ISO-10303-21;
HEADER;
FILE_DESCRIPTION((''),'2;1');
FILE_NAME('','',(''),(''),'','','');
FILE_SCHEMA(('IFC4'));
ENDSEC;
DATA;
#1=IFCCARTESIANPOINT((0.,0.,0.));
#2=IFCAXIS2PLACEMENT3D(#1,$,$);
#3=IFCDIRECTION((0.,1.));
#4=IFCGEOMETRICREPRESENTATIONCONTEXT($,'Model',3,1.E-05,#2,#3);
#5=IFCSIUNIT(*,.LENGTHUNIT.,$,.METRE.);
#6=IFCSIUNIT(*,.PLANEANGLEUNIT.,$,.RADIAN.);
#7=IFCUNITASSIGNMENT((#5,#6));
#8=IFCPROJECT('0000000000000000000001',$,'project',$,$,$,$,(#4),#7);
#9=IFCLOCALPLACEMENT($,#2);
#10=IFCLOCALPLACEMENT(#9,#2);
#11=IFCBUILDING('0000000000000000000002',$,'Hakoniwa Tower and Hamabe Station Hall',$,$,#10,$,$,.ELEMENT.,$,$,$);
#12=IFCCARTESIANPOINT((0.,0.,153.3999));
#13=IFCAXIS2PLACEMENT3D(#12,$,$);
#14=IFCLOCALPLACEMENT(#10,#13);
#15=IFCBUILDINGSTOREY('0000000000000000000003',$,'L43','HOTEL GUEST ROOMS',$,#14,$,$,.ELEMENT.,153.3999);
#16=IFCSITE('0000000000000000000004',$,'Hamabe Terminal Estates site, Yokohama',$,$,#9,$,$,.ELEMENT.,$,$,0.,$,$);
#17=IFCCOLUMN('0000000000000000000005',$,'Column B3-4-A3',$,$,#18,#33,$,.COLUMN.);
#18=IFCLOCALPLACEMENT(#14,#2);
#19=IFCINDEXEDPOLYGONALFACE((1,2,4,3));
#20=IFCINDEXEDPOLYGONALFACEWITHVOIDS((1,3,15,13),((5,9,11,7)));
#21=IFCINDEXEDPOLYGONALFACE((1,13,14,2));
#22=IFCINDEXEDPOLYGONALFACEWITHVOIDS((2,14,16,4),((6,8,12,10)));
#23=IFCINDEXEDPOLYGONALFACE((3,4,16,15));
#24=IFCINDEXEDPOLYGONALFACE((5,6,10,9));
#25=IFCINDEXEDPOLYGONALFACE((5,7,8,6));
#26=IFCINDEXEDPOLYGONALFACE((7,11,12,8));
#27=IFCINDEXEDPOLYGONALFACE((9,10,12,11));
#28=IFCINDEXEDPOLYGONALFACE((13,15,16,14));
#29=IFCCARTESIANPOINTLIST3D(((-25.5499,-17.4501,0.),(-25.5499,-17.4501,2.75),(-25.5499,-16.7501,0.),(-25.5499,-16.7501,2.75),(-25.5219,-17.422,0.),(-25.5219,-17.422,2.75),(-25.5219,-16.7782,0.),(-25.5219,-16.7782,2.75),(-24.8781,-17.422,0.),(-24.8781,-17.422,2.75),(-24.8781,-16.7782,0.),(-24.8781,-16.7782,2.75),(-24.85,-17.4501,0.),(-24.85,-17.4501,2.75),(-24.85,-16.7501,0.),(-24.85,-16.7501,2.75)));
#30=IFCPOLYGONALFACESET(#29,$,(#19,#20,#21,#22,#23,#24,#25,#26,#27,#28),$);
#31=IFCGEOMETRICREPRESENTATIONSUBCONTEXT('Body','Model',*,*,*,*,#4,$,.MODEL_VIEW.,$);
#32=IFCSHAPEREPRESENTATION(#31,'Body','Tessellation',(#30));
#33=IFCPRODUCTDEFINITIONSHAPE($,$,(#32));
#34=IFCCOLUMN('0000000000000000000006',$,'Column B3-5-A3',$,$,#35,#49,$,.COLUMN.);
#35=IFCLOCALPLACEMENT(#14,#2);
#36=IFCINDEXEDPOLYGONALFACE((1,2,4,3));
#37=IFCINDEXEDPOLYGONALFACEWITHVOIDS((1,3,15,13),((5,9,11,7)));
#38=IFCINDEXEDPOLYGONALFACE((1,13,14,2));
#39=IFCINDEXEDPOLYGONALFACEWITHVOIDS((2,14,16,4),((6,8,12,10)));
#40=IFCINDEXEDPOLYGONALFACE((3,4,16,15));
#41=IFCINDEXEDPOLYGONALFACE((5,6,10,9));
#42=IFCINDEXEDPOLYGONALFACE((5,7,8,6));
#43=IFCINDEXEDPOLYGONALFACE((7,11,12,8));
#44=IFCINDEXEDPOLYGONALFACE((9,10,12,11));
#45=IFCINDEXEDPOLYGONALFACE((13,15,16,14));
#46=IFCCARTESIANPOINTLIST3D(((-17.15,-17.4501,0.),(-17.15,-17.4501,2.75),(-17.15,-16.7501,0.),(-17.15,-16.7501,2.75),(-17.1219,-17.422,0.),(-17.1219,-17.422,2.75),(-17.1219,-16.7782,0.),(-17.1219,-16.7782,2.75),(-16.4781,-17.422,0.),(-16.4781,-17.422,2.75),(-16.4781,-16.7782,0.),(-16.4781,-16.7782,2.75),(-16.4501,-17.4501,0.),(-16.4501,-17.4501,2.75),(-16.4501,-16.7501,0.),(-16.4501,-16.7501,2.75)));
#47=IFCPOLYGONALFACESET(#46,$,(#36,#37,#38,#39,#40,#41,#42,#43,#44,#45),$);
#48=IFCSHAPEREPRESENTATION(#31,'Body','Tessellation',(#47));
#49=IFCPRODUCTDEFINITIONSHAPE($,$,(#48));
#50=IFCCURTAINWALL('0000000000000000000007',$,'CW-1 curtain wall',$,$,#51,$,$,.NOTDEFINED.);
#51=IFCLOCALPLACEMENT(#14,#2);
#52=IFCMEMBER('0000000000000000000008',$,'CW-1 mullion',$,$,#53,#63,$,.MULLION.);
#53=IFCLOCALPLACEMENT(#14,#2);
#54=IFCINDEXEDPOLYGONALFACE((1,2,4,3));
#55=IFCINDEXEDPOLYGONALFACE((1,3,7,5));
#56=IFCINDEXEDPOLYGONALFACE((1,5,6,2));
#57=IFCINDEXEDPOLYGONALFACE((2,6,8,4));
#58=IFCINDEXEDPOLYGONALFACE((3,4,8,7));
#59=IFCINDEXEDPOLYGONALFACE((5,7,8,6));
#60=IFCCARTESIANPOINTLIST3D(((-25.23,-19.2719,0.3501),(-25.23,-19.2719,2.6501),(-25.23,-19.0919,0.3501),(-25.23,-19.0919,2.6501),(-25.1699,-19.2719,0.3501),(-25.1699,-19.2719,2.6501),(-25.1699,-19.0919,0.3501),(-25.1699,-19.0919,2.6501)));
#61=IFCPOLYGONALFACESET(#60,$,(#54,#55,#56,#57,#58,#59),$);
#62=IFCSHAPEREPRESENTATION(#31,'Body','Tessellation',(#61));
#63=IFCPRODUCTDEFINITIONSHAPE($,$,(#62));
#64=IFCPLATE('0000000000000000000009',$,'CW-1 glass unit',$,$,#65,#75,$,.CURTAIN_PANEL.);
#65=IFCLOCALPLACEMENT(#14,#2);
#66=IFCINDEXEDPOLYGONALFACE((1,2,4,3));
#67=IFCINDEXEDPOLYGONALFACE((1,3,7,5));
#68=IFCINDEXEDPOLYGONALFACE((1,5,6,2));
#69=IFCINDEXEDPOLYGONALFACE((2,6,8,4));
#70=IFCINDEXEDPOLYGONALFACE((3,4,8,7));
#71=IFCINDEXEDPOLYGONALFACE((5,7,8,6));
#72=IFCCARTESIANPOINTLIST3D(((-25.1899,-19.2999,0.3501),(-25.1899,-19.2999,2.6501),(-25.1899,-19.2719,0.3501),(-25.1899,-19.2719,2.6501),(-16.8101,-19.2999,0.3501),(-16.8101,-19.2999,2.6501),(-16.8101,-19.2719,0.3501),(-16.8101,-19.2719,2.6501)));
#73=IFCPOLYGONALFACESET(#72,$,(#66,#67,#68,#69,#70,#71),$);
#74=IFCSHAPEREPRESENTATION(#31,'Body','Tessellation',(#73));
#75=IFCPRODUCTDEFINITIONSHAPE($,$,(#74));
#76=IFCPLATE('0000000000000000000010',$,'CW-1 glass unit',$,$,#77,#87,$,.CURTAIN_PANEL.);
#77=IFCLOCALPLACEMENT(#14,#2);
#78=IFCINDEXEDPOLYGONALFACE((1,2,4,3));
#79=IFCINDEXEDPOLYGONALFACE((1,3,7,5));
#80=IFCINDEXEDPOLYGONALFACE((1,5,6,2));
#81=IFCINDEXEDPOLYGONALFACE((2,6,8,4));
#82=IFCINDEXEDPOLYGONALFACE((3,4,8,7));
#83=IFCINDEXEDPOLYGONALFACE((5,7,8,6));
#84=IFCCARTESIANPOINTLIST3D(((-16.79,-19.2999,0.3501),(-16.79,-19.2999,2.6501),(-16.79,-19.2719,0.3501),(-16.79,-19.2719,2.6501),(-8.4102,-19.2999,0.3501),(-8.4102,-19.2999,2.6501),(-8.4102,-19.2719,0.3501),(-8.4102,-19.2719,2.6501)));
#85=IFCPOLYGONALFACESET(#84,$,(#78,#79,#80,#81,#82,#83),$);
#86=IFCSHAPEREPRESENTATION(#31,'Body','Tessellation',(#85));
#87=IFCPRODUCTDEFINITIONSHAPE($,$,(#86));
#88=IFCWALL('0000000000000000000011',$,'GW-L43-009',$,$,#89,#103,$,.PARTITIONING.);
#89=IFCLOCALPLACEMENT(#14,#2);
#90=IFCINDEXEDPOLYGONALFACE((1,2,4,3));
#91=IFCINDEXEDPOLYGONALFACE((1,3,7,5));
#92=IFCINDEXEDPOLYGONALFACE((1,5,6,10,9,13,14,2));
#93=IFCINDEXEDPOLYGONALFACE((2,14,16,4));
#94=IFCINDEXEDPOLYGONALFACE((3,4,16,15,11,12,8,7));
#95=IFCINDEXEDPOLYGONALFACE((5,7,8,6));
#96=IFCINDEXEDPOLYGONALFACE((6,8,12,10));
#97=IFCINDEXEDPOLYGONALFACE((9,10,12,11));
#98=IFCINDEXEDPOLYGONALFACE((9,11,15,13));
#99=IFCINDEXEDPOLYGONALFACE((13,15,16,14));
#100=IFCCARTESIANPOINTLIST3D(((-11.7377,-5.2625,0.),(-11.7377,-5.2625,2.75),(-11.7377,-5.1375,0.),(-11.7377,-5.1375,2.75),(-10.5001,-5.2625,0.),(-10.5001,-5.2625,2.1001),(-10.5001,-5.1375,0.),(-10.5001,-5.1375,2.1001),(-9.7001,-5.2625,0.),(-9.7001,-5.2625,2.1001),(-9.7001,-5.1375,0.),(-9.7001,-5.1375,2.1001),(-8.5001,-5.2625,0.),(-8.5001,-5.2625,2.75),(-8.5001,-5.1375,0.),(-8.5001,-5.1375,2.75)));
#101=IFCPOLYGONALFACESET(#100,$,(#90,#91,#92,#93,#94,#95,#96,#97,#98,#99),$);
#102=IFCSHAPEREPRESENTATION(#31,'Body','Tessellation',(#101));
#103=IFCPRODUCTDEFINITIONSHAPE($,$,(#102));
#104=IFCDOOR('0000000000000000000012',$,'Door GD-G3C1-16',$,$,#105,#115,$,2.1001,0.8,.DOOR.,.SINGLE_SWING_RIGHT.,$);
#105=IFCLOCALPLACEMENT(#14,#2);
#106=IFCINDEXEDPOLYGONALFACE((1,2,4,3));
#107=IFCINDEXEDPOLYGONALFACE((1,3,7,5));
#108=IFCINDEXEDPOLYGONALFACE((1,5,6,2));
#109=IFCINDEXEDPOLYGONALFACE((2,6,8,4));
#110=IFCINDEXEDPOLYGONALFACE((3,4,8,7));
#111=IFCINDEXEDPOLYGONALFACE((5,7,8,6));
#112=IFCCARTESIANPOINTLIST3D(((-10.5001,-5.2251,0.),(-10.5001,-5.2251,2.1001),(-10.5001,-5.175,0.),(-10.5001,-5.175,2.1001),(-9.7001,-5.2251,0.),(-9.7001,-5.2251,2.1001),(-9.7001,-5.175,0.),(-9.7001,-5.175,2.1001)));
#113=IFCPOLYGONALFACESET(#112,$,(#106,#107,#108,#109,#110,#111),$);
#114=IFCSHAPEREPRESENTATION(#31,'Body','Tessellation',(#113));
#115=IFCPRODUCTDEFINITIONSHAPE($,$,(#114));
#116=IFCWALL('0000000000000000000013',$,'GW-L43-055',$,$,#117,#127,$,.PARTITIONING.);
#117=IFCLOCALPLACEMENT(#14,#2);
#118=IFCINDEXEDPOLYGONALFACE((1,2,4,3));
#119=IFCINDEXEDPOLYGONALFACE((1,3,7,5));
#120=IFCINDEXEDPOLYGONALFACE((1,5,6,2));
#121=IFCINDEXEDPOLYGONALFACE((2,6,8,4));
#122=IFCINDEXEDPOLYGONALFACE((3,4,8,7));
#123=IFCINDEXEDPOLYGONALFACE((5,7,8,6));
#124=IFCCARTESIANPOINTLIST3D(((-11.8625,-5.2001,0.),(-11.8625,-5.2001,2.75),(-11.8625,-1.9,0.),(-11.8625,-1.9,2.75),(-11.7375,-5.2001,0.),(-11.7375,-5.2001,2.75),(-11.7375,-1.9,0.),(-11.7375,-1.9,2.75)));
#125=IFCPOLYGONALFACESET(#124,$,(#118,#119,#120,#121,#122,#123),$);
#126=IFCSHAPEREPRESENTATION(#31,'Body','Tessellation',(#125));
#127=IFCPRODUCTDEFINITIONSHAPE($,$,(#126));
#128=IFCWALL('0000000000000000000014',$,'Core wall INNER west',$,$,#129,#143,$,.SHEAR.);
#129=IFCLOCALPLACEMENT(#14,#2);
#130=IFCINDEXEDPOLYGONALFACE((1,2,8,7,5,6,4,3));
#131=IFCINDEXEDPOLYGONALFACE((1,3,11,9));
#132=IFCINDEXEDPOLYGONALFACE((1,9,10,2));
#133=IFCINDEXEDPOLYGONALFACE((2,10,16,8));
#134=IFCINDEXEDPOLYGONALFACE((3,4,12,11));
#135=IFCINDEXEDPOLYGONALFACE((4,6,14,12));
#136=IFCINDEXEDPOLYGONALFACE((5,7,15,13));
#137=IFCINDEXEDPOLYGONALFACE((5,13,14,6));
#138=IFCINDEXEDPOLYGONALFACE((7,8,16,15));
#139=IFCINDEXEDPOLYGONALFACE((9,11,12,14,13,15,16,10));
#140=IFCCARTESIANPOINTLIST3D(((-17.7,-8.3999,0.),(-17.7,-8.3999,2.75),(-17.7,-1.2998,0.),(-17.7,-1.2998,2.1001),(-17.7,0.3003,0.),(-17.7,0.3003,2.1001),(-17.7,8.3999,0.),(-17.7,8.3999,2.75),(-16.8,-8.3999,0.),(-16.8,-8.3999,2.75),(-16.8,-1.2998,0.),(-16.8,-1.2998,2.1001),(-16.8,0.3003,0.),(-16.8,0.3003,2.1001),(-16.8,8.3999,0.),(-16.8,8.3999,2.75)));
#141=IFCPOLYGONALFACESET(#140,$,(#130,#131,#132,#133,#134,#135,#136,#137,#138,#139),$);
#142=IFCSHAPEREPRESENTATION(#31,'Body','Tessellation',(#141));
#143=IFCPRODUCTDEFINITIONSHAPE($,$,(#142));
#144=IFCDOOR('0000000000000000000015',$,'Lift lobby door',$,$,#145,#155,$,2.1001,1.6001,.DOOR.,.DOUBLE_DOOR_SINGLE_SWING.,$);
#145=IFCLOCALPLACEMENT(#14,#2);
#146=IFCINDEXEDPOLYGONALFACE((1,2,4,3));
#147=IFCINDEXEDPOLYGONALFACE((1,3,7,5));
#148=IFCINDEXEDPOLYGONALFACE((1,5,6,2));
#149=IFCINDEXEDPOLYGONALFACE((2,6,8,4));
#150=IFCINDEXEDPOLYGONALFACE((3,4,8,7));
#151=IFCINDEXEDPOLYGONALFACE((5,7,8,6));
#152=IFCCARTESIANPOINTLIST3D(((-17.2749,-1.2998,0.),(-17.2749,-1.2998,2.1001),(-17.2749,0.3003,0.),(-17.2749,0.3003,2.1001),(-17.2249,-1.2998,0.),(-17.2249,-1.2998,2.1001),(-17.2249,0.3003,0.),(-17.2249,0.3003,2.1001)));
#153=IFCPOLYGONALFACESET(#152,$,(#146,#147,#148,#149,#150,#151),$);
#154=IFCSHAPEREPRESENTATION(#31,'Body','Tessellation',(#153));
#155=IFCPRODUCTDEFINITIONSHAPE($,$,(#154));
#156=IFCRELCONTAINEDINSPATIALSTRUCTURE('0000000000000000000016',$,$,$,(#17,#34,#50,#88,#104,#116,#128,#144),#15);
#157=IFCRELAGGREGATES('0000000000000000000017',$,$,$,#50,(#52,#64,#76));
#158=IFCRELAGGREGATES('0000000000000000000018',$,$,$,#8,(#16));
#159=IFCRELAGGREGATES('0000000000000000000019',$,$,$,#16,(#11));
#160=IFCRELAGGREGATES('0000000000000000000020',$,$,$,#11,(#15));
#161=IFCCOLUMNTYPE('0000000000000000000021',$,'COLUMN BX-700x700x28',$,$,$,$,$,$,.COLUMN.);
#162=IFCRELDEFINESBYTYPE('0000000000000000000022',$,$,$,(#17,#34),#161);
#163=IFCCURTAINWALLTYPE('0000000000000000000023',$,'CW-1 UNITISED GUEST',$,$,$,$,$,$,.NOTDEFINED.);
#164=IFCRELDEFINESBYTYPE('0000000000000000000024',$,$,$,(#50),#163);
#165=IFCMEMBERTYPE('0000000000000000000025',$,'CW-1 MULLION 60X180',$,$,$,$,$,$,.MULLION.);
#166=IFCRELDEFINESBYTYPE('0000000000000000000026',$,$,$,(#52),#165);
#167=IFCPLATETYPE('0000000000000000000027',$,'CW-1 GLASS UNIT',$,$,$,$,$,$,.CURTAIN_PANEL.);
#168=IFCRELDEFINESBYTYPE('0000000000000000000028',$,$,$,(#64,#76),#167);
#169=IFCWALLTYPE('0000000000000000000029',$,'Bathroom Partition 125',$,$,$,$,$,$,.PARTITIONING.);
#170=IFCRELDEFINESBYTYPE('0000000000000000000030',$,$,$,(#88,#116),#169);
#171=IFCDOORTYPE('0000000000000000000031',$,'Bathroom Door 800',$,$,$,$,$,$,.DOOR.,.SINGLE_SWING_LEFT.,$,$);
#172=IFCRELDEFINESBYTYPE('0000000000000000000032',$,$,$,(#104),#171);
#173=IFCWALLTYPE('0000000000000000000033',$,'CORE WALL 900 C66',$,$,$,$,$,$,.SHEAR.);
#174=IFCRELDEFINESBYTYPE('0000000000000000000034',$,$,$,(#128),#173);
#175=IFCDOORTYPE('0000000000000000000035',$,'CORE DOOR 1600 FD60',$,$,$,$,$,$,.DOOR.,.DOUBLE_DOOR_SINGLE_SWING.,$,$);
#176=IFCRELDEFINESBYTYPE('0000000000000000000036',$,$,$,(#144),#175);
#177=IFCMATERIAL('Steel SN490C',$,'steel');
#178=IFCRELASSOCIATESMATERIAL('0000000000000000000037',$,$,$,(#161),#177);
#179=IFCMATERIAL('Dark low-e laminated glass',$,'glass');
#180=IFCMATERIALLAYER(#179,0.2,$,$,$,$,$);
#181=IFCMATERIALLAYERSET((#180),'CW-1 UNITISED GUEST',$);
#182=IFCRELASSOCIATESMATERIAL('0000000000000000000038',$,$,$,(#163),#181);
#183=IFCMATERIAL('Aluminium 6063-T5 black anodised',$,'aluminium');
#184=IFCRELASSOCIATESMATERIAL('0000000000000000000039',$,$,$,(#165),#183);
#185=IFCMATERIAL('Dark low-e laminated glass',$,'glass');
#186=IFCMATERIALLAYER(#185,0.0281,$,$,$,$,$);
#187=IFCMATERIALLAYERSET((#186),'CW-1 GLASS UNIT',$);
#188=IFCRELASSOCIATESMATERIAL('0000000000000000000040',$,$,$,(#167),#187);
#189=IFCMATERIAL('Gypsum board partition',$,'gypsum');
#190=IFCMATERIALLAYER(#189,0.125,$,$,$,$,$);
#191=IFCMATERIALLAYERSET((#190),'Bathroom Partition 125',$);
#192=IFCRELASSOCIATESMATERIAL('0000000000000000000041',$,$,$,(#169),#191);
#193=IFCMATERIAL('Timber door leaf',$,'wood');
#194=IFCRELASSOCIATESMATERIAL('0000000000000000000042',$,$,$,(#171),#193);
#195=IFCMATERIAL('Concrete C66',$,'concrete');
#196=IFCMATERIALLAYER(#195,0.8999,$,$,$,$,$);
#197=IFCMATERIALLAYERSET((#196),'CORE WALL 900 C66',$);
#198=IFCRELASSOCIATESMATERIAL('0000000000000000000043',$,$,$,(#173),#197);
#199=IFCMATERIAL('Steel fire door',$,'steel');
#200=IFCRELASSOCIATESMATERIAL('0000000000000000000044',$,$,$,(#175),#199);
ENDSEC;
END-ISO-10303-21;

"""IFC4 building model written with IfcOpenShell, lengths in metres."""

from ifc_helpers import new_model, si_unit, direction, frame, frame_2d, origin, origin_2d, place, context, subcontext, project, spatial, rectangle, hollow_rectangle, extrude, material, layer, layer_set, material_profile, profile_set, type_object, element, fill, aggregate, save


model = new_model("IFC4")

# Units and contexts
model_context = context("Model", 3, precision=1e-05, world=origin(), true_north=direction((0.0, 1.0)))
body_context = subcontext(model_context, "Body", "Model", "MODEL_VIEW")
ifc_project = project(units=[si_unit("LENGTHUNIT", "METRE"), si_unit("PLANEANGLEUNIT", "RADIAN")], contexts=[model_context])

# Site, building, storey
site_placement = place(None, origin())
site = spatial("IfcSite", under=ifc_project, at=site_placement, Name="Hamabe Terminal Estates site, Yokohama", CompositionType="ELEMENT", RefElevation=0.0)
building_placement = place(site_placement, origin())
building = spatial("IfcBuilding", under=site, at=building_placement, Name="Hakoniwa Tower and Hamabe Station Hall", CompositionType="ELEMENT")
storey_placement = place(building_placement, frame((0.0, 0.0, 153.3999)))
storey = spatial("IfcBuildingStorey", under=building, at=storey_placement, Name="L43", Description="HOTEL GUEST ROOMS", CompositionType="ELEMENT", Elevation=153.3999)

# Columns
ifc_material_1 = material(Name="Steel SN490C", Category="steel")
ifc_material_profile_1 = material_profile(ifc_material_1, hollow_rectangle(XDim=0.7, YDim=0.7, WallThickness=0.0281, at=origin_2d()), Name="BX-700x700x28")
ifc_profile_set_1 = profile_set([ifc_material_profile_1], Name="Steel SN490C")
column_type = type_object("IfcColumnType", Name="COLUMN BX-700x700x28", PredefinedType="COLUMN", material=ifc_profile_set_1)
for number, where, z_axis, x_axis, name in (
    (1, (-25.2, -17.1001, 0.0), (0.0, 0.0, 1.0), (1.0, 0.0, 0.0), "Column B3-4-A3"),
    (2, (-16.8, -17.1001, 0.0), (0.0, 0.0, 1.0), (1.0, 0.0, 0.0), "Column B3-5-A3"),
):
    element("IfcColumn", number, at=place(storey_placement, frame(where, z_axis=z_axis, x_axis=x_axis)), inside=storey, type_object=column_type, Name=name, PredefinedType="COLUMN", context=body_context, shape_type="SweptSolid", body=[
        extrude(hollow_rectangle(XDim=0.7, YDim=0.7, WallThickness=0.0281, at=origin_2d()), origin(), (0.0, 0.0, 1.0), 2.75),
    ])

# Curtain wall, member, plates
ifc_material_2 = material(Name="Dark low-e laminated glass", Category="glass")
ifc_layer_1 = layer(ifc_material_2, 0.2)
ifc_layer_set_1 = layer_set([ifc_layer_1], Name="CW-1 UNITISED GUEST")
curtain_wall_type = type_object("IfcCurtainWallType", Name="CW-1 UNITISED GUEST", PredefinedType="NOTDEFINED", material=ifc_layer_set_1)
curtain_wall_placement = place(storey_placement, origin())
curtain_wall = element("IfcCurtainWall", 3, at=curtain_wall_placement, inside=storey, type_object=curtain_wall_type, Name="CW-1 curtain wall", PredefinedType="NOTDEFINED")
ifc_material_3 = material(Name="Aluminium 6063-T5 black anodised", Category="aluminium")
ifc_material_profile_2 = material_profile(ifc_material_3, rectangle(XDim=0.0601, YDim=0.1799, at=origin_2d()), Name="CW-1 MULLION 60X180")
ifc_profile_set_2 = profile_set([ifc_material_profile_2], Name="Aluminium 6063-T5 black anodised")
member_type = type_object("IfcMemberType", Name="CW-1 MULLION 60X180", PredefinedType="MULLION", material=ifc_profile_set_2)
member_placement = place(storey_placement, frame((-25.2, -19.1819, 0.3501), z_axis=(0.0, 0.0, 1.0), x_axis=(1.0, 0.0, 0.0)))
member = element("IfcMember", 4, at=member_placement, type_object=member_type, Name="CW-1 mullion", PredefinedType="MULLION", context=body_context, shape_type="SweptSolid", body=[
    extrude(rectangle(XDim=0.0601, YDim=0.1799, at=origin_2d()), origin(), (0.0, 0.0, 1.0), 2.3),
])
ifc_material_4 = material(Name="Dark low-e laminated glass", Category="glass")
ifc_layer_2 = layer(ifc_material_4, 0.0281)
ifc_layer_set_2 = layer_set([ifc_layer_2], Name="CW-1 GLASS UNIT")
plate_type = type_object("IfcPlateType", Name="CW-1 GLASS UNIT", PredefinedType="CURTAIN_PANEL", material=ifc_layer_set_2)
plate_1_placement = place(storey_placement, frame((-21.0, -19.2859, 0.3501), z_axis=(0.0, 0.0, 1.0), x_axis=(1.0, 0.0, 0.0)))
plate_1 = element("IfcPlate", 5, at=plate_1_placement, type_object=plate_type, Name="CW-1 glass unit", PredefinedType="CURTAIN_PANEL", context=body_context, shape_type="SweptSolid", body=[
    extrude(rectangle(XDim=8.3799, YDim=0.0281, at=origin_2d()), origin(), (0.0, 0.0, 1.0), 2.3),
])
plate_2_placement = place(storey_placement, frame((-12.6001, -19.2859, 0.3501), z_axis=(0.0, 0.0, 1.0), x_axis=(1.0, 0.0, 0.0)))
plate_2 = element("IfcPlate", 6, at=plate_2_placement, type_object=plate_type, Name="CW-1 glass unit", PredefinedType="CURTAIN_PANEL", context=body_context, shape_type="SweptSolid", body=[
    extrude(rectangle(XDim=8.3799, YDim=0.0281, at=origin_2d()), origin(), (0.0, 0.0, 1.0), 2.3),
])
aggregate(curtain_wall, [member, plate_1, plate_2])

# Wall, opening, door
ifc_material_5 = material(Name="Gypsum board partition", Category="gypsum")
ifc_layer_3 = layer(ifc_material_5, 0.125)
ifc_layer_set_3 = layer_set([ifc_layer_3], Name="Bathroom Partition 125")
wall_type_1 = type_object("IfcWallType", Name="Bathroom Partition 125", PredefinedType="PARTITIONING", material=ifc_layer_set_3)
wall_1_placement = place(storey_placement, frame((-11.7375, -5.2, 0.0), z_axis=(0.0, 0.0, 1.0), x_axis=(1.0, 0.0, 0.0)))
wall_1 = element("IfcWall", 7, at=wall_1_placement, inside=storey, type_object=wall_type_1, Name="GW-L43-009", PredefinedType="PARTITIONING", context=body_context, shape_type="SweptSolid", body=[
    extrude(rectangle(XDim=3.2375, YDim=0.125, at=frame_2d((1.6187, 0.0))), origin(), (0.0, 0.0, 1.0), 2.75),
])
opening_1_placement = place(wall_1_placement, frame((1.2375, 0.0, 0.0)))
opening_1 = element("IfcOpeningElement", 8, at=opening_1_placement, cuts=wall_1, PredefinedType="OPENING", context=body_context, shape_type="SweptSolid", body=[
    extrude(rectangle(XDim=0.8, YDim=2.1001, at=frame_2d((0.3999, 1.05))), frame((0.0, 0.0725, 0.0), z_axis=(0.0, -1.0, 0.0), x_axis=(1.0, 0.0, 0.0)), (0.0, 0.0, 1.0), 0.145),
])
ifc_material_6 = material(Name="Timber door leaf", Category="wood")
door_type_1 = type_object("IfcDoorType", Name="Bathroom Door 800", OperationType="SINGLE_SWING_LEFT", PredefinedType="DOOR", material=ifc_material_6)
door_1_placement = place(opening_1_placement, origin())
door_1 = element("IfcDoor", 9, at=door_1_placement, inside=storey, type_object=door_type_1, Name="Door GD-G3C1-16", OperationType="SINGLE_SWING_RIGHT", OverallHeight=2.1001, OverallWidth=0.8, PredefinedType="DOOR", context=body_context, shape_type="SweptSolid", body=[
    extrude(rectangle(XDim=0.8, YDim=2.1001, at=frame_2d((0.3999, 1.05))), frame((0.0, 0.0249, 0.0), z_axis=(0.0, -1.0, 0.0), x_axis=(1.0, 0.0, 0.0)), (0.0, 0.0, 1.0), 0.05),
])
fill(opening_1, door_1)

# Wall
wall_2_placement = place(storey_placement, frame((-11.8, -5.2, 0.0), z_axis=(0.0, 0.0, 1.0), x_axis=(0.0, 1.0, 0.0)))
element("IfcWall", 10, at=wall_2_placement, inside=storey, type_object=wall_type_1, Name="GW-L43-055", PredefinedType="PARTITIONING", context=body_context, shape_type="SweptSolid", body=[
    extrude(rectangle(XDim=3.3, YDim=0.125, at=frame_2d((1.6499, 0.0))), origin(), (0.0, 0.0, 1.0), 2.75),
])

# Wall, opening, door
ifc_material_7 = material(Name="Concrete C66", Category="concrete")
ifc_layer_4 = layer(ifc_material_7, 0.8999)
ifc_layer_set_4 = layer_set([ifc_layer_4], Name="CORE WALL 900 C66")
wall_type_2 = type_object("IfcWallType", Name="CORE WALL 900 C66", PredefinedType="SHEAR", material=ifc_layer_set_4)
wall_3_placement = place(storey_placement, frame((-17.25, -8.3999, 0.0), z_axis=(0.0, 0.0, 1.0), x_axis=(0.0, 1.0, 0.0)))
wall_3 = element("IfcWall", 11, at=wall_3_placement, inside=storey, type_object=wall_type_2, Name="Core wall INNER west", PredefinedType="SHEAR", context=body_context, shape_type="SweptSolid", body=[
    extrude(rectangle(XDim=16.7998, YDim=0.8999, at=frame_2d((8.3999, 0.0))), origin(), (0.0, 0.0, 1.0), 2.75),
])
opening_2_placement = place(wall_3_placement, frame((7.1001, 0.0, 0.0)))
opening_2 = element("IfcOpeningElement", 12, at=opening_2_placement, cuts=wall_3, PredefinedType="OPENING", context=body_context, shape_type="SweptSolid", body=[
    extrude(rectangle(XDim=1.6001, YDim=2.1001, at=frame_2d((0.8, 1.05))), frame((0.0, 0.46, 0.0), z_axis=(0.0, -1.0, 0.0), x_axis=(1.0, 0.0, 0.0)), (0.0, 0.0, 1.0), 0.9199),
])
ifc_material_8 = material(Name="Steel fire door", Category="steel")
door_type_2 = type_object("IfcDoorType", Name="CORE DOOR 1600 FD60", OperationType="DOUBLE_DOOR_SINGLE_SWING", PredefinedType="DOOR", material=ifc_material_8)
door_2_placement = place(opening_2_placement, origin())
door_2 = element("IfcDoor", 13, at=door_2_placement, inside=storey, type_object=door_type_2, Name="Lift lobby door", OperationType="DOUBLE_DOOR_SINGLE_SWING", OverallHeight=2.1001, OverallWidth=1.6001, PredefinedType="DOOR", context=body_context, shape_type="SweptSolid", body=[
    extrude(rectangle(XDim=1.6001, YDim=2.1001, at=frame_2d((0.8, 1.05))), frame((0.0, 0.0249, 0.0), z_axis=(0.0, -1.0, 0.0), x_axis=(1.0, 0.0, 0.0)), (0.0, 0.0, 1.0), 0.05),
])
fill(opening_2, door_2)

save(model, "model.ifc")
